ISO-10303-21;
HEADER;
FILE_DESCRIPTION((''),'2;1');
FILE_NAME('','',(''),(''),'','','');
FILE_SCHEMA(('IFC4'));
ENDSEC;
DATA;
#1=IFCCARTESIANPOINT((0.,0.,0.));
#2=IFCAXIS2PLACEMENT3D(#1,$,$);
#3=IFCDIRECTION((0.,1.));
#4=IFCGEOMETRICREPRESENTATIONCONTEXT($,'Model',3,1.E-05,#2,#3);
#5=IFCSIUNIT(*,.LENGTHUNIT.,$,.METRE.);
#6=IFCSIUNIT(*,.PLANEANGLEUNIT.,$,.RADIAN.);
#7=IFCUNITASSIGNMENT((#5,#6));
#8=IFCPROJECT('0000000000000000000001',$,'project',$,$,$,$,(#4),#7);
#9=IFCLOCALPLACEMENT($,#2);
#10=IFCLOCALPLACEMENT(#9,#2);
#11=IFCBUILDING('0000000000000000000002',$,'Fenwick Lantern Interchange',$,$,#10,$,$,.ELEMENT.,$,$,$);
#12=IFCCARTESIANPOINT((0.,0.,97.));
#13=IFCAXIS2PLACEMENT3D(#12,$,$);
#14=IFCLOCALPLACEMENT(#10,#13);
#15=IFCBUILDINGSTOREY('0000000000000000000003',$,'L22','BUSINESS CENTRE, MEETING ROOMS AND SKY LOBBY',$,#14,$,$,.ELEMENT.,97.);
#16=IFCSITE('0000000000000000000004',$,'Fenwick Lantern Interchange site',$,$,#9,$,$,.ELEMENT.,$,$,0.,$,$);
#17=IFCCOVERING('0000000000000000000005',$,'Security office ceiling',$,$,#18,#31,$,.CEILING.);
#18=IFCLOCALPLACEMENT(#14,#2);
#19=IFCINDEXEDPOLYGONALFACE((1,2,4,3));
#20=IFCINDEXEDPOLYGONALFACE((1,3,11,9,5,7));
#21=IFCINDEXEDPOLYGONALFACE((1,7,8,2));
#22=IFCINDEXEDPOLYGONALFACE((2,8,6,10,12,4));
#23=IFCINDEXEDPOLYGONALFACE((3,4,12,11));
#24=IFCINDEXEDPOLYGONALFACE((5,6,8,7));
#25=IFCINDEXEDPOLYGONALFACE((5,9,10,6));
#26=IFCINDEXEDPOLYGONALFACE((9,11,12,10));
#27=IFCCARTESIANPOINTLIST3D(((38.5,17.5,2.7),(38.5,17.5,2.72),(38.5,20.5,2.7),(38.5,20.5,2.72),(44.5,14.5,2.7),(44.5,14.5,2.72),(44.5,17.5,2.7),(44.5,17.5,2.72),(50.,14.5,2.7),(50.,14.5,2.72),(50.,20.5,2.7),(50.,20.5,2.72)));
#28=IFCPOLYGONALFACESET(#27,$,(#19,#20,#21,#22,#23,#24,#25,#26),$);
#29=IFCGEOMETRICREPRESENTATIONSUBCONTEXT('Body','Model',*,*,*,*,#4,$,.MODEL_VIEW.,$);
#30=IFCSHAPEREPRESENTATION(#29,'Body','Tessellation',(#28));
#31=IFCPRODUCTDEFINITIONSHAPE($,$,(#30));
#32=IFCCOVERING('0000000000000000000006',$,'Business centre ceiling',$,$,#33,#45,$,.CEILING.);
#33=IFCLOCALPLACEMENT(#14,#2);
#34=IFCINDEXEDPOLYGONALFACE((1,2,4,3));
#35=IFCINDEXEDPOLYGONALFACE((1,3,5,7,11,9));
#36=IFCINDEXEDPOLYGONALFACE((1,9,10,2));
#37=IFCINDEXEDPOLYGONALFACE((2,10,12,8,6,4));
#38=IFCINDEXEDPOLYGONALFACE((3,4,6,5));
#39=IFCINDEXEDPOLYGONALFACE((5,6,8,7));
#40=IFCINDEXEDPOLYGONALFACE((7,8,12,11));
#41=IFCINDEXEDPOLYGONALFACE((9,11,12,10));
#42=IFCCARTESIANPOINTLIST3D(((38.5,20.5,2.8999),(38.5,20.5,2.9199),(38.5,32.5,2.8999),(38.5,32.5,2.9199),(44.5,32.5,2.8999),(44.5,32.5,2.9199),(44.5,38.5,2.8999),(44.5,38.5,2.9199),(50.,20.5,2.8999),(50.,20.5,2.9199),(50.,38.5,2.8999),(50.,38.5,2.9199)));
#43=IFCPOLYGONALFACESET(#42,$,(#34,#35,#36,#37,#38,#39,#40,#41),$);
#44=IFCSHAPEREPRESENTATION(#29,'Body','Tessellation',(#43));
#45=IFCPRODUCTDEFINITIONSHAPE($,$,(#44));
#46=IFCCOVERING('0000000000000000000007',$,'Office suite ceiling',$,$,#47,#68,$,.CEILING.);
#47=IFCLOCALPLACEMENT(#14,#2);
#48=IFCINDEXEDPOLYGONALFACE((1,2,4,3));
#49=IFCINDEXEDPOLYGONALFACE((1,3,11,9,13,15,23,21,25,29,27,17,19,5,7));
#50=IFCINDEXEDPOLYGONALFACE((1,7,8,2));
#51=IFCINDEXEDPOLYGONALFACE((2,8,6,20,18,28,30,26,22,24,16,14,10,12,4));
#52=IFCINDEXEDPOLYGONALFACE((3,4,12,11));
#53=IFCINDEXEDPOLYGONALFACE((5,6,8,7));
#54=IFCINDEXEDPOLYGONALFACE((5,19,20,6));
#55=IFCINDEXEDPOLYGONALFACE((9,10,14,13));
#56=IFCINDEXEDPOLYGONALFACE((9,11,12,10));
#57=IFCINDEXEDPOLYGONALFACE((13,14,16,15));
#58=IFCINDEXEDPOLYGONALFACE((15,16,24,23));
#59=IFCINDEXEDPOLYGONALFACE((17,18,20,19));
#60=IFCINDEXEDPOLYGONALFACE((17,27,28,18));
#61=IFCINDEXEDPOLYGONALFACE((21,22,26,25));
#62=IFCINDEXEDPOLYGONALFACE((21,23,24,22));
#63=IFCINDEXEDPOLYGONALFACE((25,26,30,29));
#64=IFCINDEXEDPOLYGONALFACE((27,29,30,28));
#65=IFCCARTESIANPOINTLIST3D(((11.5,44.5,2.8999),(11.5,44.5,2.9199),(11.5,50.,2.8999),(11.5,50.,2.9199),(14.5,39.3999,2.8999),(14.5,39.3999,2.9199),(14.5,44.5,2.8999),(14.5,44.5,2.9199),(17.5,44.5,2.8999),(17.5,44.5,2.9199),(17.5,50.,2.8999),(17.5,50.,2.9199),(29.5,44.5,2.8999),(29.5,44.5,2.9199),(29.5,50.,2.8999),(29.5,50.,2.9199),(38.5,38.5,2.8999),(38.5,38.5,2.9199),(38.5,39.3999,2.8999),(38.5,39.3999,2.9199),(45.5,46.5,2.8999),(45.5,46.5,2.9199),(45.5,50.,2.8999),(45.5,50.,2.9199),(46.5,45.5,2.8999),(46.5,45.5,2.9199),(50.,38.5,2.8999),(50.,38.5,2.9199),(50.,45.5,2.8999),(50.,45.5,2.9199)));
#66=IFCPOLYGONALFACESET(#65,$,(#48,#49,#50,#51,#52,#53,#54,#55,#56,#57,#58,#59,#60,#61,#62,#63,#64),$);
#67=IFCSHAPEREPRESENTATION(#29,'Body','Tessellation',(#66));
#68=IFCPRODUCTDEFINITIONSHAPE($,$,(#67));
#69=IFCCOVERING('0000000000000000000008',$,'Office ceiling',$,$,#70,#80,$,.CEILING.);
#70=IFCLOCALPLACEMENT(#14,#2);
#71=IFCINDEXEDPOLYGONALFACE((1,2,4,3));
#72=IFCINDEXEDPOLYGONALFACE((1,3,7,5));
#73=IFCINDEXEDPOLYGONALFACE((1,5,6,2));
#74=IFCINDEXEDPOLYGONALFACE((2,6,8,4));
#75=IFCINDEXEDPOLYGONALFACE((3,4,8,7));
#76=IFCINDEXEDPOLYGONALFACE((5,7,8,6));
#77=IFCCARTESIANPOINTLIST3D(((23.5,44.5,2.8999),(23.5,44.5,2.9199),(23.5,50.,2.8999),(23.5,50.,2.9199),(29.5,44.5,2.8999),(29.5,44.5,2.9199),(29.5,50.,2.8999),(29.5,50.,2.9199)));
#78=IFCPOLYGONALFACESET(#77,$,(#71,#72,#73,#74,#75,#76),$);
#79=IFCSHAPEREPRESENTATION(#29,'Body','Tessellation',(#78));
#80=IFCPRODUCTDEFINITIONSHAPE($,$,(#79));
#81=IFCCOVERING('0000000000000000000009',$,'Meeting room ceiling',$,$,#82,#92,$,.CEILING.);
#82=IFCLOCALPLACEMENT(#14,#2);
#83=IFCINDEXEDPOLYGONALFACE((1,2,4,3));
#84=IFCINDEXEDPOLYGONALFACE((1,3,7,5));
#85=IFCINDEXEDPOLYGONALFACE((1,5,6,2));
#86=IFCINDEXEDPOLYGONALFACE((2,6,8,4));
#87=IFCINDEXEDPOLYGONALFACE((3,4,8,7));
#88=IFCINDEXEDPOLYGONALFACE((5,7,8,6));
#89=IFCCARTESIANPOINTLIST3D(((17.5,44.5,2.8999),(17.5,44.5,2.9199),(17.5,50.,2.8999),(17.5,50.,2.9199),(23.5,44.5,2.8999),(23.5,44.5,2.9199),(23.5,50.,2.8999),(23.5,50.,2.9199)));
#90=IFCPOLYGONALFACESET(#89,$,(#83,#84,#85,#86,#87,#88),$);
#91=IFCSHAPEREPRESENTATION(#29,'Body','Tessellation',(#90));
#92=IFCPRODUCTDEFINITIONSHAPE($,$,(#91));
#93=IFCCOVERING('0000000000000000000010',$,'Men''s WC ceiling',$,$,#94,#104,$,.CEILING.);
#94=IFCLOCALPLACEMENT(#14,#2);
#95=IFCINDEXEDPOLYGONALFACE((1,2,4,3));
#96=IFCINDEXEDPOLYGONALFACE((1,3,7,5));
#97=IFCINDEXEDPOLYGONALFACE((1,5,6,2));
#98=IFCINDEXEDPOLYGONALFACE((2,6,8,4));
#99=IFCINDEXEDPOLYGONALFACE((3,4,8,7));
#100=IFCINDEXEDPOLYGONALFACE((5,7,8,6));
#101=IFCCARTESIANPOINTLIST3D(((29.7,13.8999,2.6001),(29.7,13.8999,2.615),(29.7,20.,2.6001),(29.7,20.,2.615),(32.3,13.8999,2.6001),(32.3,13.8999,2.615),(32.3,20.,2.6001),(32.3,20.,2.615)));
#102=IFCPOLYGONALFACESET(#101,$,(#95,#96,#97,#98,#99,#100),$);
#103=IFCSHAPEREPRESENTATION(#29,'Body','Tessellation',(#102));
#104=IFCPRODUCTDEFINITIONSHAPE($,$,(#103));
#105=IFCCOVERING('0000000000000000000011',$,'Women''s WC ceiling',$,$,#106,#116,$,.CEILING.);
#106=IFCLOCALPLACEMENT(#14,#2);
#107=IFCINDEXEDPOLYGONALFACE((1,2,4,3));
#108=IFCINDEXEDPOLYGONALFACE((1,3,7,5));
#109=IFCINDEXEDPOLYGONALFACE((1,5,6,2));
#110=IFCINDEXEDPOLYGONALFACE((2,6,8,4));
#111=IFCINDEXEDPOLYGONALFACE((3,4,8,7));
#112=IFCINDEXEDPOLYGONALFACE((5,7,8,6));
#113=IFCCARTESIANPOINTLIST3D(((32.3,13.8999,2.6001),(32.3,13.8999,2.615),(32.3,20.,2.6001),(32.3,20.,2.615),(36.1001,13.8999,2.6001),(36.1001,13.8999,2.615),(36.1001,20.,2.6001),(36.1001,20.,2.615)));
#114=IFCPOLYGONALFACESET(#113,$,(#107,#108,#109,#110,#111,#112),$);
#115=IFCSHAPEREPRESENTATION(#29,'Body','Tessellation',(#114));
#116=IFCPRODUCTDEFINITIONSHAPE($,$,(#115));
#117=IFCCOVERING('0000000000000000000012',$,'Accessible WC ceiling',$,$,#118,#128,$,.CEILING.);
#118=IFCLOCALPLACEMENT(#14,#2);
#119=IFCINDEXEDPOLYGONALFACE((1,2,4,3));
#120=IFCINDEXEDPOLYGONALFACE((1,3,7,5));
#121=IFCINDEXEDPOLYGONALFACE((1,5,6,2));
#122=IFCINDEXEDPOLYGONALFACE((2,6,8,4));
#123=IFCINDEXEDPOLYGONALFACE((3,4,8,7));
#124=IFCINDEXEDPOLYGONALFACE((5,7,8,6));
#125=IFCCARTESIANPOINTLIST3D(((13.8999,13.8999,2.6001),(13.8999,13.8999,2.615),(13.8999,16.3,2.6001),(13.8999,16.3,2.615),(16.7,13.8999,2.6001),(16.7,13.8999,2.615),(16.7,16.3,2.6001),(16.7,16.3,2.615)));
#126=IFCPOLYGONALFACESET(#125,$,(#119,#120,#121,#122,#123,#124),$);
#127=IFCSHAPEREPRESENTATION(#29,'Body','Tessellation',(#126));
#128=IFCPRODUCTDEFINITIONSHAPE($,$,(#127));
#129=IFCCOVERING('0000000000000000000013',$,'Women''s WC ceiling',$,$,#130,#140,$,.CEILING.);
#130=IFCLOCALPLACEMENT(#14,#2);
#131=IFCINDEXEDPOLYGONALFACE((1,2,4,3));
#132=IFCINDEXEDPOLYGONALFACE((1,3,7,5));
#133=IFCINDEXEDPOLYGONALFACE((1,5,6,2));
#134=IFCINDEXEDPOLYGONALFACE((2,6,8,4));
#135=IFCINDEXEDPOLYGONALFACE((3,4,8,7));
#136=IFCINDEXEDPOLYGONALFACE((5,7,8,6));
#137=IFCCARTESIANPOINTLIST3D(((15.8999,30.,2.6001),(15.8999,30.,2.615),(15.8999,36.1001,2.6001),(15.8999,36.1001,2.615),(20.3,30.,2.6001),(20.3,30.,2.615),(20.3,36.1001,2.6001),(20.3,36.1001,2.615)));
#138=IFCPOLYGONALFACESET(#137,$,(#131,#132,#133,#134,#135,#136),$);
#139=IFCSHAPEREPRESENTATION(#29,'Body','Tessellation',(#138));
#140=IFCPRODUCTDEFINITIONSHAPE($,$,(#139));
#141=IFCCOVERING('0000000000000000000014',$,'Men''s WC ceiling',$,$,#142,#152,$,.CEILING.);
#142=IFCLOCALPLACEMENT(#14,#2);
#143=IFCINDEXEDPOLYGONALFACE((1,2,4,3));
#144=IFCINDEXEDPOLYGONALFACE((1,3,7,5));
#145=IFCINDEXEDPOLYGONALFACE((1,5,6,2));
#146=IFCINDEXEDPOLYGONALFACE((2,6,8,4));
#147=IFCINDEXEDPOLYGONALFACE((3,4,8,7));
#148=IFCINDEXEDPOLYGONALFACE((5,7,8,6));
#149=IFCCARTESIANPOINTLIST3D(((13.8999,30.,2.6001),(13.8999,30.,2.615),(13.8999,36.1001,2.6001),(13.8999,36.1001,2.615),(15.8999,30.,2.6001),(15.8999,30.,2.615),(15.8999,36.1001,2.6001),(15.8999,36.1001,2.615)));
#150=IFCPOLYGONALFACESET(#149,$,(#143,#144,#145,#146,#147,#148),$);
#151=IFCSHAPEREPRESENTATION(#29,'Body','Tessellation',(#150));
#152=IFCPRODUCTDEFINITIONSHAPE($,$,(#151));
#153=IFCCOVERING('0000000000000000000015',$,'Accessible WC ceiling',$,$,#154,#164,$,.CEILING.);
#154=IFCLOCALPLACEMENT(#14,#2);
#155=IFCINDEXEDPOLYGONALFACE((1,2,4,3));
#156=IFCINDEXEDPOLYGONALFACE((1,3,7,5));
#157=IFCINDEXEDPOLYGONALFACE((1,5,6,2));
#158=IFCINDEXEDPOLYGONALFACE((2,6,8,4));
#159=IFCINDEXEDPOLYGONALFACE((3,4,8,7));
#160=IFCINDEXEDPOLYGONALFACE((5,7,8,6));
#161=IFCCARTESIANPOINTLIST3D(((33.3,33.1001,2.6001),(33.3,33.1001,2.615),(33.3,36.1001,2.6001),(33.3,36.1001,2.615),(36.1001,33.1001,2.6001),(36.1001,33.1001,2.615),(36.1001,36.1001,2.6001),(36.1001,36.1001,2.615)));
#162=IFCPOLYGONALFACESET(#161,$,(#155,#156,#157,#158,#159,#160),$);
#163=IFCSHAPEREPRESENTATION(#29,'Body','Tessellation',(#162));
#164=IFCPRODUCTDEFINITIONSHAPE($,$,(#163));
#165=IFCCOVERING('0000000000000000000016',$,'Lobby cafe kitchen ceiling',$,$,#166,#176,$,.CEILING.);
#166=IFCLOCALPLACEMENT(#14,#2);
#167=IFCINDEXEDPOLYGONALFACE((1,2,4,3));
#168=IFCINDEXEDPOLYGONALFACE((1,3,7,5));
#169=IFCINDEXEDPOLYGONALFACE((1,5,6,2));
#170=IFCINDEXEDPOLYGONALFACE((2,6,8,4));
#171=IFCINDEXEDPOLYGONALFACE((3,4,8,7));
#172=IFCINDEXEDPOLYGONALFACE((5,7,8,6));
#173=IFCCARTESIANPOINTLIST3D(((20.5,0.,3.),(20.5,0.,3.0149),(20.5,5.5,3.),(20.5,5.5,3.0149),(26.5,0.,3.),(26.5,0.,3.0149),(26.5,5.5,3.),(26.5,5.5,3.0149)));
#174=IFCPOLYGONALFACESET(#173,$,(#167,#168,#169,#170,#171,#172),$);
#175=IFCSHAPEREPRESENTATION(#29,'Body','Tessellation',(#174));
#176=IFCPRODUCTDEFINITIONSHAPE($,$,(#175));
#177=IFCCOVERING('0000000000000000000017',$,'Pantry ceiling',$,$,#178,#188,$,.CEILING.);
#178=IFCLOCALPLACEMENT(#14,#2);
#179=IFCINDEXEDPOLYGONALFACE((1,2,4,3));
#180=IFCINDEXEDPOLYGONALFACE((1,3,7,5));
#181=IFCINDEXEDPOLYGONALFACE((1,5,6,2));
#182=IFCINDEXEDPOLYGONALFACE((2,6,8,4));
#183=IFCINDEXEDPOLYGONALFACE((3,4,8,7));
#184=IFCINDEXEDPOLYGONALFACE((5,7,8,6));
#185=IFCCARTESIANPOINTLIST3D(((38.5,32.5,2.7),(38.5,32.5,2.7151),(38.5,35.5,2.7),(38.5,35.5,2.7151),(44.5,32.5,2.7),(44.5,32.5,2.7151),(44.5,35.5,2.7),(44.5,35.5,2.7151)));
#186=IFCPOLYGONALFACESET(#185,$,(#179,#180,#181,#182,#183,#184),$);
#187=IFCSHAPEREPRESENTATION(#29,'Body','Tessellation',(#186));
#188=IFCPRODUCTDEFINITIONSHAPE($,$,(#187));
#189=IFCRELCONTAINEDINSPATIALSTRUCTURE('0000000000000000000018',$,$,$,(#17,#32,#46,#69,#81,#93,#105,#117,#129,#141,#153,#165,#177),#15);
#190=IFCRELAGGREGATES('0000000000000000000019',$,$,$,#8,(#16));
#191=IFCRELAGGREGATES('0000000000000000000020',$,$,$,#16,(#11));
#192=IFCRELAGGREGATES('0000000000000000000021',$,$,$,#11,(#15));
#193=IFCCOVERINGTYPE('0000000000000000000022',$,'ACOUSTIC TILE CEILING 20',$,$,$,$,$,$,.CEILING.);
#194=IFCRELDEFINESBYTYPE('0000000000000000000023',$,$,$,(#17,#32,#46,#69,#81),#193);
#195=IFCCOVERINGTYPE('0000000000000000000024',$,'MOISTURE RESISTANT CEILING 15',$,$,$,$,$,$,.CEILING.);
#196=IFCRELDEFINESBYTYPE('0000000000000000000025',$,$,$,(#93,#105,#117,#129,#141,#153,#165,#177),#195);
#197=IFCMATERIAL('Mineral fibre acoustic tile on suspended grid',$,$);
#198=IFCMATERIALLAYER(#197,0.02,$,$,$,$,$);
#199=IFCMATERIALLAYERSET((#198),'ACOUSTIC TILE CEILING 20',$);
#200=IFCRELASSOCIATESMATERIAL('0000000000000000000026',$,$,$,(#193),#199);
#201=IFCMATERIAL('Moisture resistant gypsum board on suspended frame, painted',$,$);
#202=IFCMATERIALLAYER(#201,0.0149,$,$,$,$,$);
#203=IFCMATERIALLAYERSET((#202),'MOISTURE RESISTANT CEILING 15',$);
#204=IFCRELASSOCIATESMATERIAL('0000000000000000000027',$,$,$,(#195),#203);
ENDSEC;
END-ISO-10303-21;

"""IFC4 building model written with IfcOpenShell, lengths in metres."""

from ifc_helpers import new_model, si_unit, direction, frame, origin, place, context, subcontext, project, spatial, polyline, outline, extrude, material, layer, layer_set, type_object, element, save


model = new_model("IFC4")

# Units and contexts
model_context = context("Model", 3, precision=1e-05, world=origin(), true_north=direction((0.0, 1.0)))
body_context = subcontext(model_context, "Body", "Model", "MODEL_VIEW")
ifc_project = project(units=[si_unit("LENGTHUNIT", "METRE"), si_unit("PLANEANGLEUNIT", "RADIAN")], contexts=[model_context])

# Site, building, storey
site_placement = place(None, origin())
site = spatial("IfcSite", under=ifc_project, at=site_placement, Name="Fenwick Lantern Interchange site", CompositionType="ELEMENT", RefElevation=0.0)
building_placement = place(site_placement, origin())
building = spatial("IfcBuilding", under=site, at=building_placement, Name="Fenwick Lantern Interchange", CompositionType="ELEMENT")
storey_placement = place(building_placement, frame((0.0, 0.0, 97.0)))
storey = spatial("IfcBuildingStorey", under=building, at=storey_placement, Name="L22", Description="BUSINESS CENTRE, MEETING ROOMS AND SKY LOBBY", CompositionType="ELEMENT", Elevation=97.0)

# Coverings
ifc_material_1 = material(Name="Mineral fibre acoustic tile on suspended grid")
ifc_layer_1 = layer(ifc_material_1, 0.02)
ifc_layer_set_1 = layer_set([ifc_layer_1], Name="ACOUSTIC TILE CEILING 20")
covering_type_1 = type_object("IfcCoveringType", Name="ACOUSTIC TILE CEILING 20", PredefinedType="CEILING", material=ifc_layer_set_1)
covering_1_placement = place(storey_placement, frame((0.0, 0.0, 2.7)))
element("IfcCovering", 1, at=covering_1_placement, inside=storey, type_object=covering_type_1, Name="Security office ceiling", PredefinedType="CEILING", context=body_context, shape_type="SweptSolid", body=[
    extrude(outline(polyline([(50.0, 20.5), (38.5, 20.5), (38.5, 17.5), (44.5, 17.5), (44.5, 14.5), (50.0, 14.5), (50.0, 20.5)])), origin(), (0.0, 0.0, 1.0), 0.02),
])
covering_2_placement = place(storey_placement, frame((0.0, 0.0, 2.8999)))
element("IfcCovering", 2, at=covering_2_placement, inside=storey, type_object=covering_type_1, Name="Business centre ceiling", PredefinedType="CEILING", context=body_context, shape_type="SweptSolid", body=[
    extrude(outline(polyline([(50.0, 20.5), (50.0, 38.5), (44.5, 38.5), (44.5, 32.5), (38.5, 32.5), (38.5, 20.5), (50.0, 20.5)])), origin(), (0.0, 0.0, 1.0), 0.02),
])
covering_3_placement = place(storey_placement, frame((0.0, 0.0, 2.8999)))
element("IfcCovering", 3, at=covering_3_placement, inside=storey, type_object=covering_type_1, Name="Office suite ceiling", PredefinedType="CEILING", context=body_context, shape_type="SweptSolid", body=[
    extrude(outline(polyline([(29.5, 50.0), (29.5, 44.5), (17.5, 44.5), (17.5, 50.0), (11.5, 50.0), (11.5, 44.5), (14.5, 44.5), (14.5, 39.3999), (38.5, 39.3999), (38.5, 38.5), (50.0, 38.5), (50.0, 45.5), (46.5, 45.5), (45.5, 46.5), (45.5, 50.0), (29.5, 50.0)])), origin(), (0.0, 0.0, 1.0), 0.02),
])
covering_4_placement = place(storey_placement, frame((0.0, 0.0, 2.8999)))
element("IfcCovering", 4, at=covering_4_placement, inside=storey, type_object=covering_type_1, Name="Office ceiling", PredefinedType="CEILING", context=body_context, shape_type="SweptSolid", body=[
    extrude(outline(polyline([(29.5, 50.0), (23.5, 50.0), (23.5, 44.5), (29.5, 44.5), (29.5, 50.0)])), origin(), (0.0, 0.0, 1.0), 0.02),
])
covering_5_placement = place(storey_placement, frame((0.0, 0.0, 2.8999)))
element("IfcCovering", 5, at=covering_5_placement, inside=storey, type_object=covering_type_1, Name="Meeting room ceiling", PredefinedType="CEILING", context=body_context, shape_type="SweptSolid", body=[
    extrude(outline(polyline([(23.5, 50.0), (17.5, 50.0), (17.5, 44.5), (23.5, 44.5), (23.5, 50.0)])), origin(), (0.0, 0.0, 1.0), 0.02),
])
ifc_material_2 = material(Name="Moisture resistant gypsum board on suspended frame, painted")
ifc_layer_2 = layer(ifc_material_2, 0.0149)
ifc_layer_set_2 = layer_set([ifc_layer_2], Name="MOISTURE RESISTANT CEILING 15")
covering_type_2 = type_object("IfcCoveringType", Name="MOISTURE RESISTANT CEILING 15", PredefinedType="CEILING", material=ifc_layer_set_2)
covering_6_placement = place(storey_placement, frame((0.0, 0.0, 2.6001)))
element("IfcCovering", 6, at=covering_6_placement, inside=storey, type_object=covering_type_2, Name="Men's WC ceiling", PredefinedType="CEILING", context=body_context, shape_type="SweptSolid", body=[
    extrude(outline(polyline([(29.7, 13.8999), (32.3, 13.8999), (32.3, 20.0), (29.7, 20.0), (29.7, 13.8999)])), origin(), (0.0, 0.0, 1.0), 0.0149),
])
covering_7_placement = place(storey_placement, frame((0.0, 0.0, 2.6001)))
element("IfcCovering", 7, at=covering_7_placement, inside=storey, type_object=covering_type_2, Name="Women's WC ceiling", PredefinedType="CEILING", context=body_context, shape_type="SweptSolid", body=[
    extrude(outline(polyline([(32.3, 13.8999), (36.1001, 13.8999), (36.1001, 20.0), (32.3, 20.0), (32.3, 13.8999)])), origin(), (0.0, 0.0, 1.0), 0.0149),
])
covering_8_placement = place(storey_placement, frame((0.0, 0.0, 2.6001)))
element("IfcCovering", 8, at=covering_8_placement, inside=storey, type_object=covering_type_2, Name="Accessible WC ceiling", PredefinedType="CEILING", context=body_context, shape_type="SweptSolid", body=[
    extrude(outline(polyline([(13.8999, 13.8999), (16.7, 13.8999), (16.7, 16.3), (13.8999, 16.3), (13.8999, 13.8999)])), origin(), (0.0, 0.0, 1.0), 0.0149),
])
covering_9_placement = place(storey_placement, frame((0.0, 0.0, 2.6001)))
element("IfcCovering", 9, at=covering_9_placement, inside=storey, type_object=covering_type_2, Name="Women's WC ceiling", PredefinedType="CEILING", context=body_context, shape_type="SweptSolid", body=[
    extrude(outline(polyline([(20.3, 36.1001), (15.8999, 36.1001), (15.8999, 30.0), (20.3, 30.0), (20.3, 36.1001)])), origin(), (0.0, 0.0, 1.0), 0.0149),
])
covering_10_placement = place(storey_placement, frame((0.0, 0.0, 2.6001)))
element("IfcCovering", 10, at=covering_10_placement, inside=storey, type_object=covering_type_2, Name="Men's WC ceiling", PredefinedType="CEILING", context=body_context, shape_type="SweptSolid", body=[
    extrude(outline(polyline([(15.8999, 36.1001), (13.8999, 36.1001), (13.8999, 30.0), (15.8999, 30.0), (15.8999, 36.1001)])), origin(), (0.0, 0.0, 1.0), 0.0149),
])
covering_11_placement = place(storey_placement, frame((0.0, 0.0, 2.6001)))
element("IfcCovering", 11, at=covering_11_placement, inside=storey, type_object=covering_type_2, Name="Accessible WC ceiling", PredefinedType="CEILING", context=body_context, shape_type="SweptSolid", body=[
    extrude(outline(polyline([(36.1001, 36.1001), (33.3, 36.1001), (33.3, 33.1001), (36.1001, 33.1001), (36.1001, 36.1001)])), origin(), (0.0, 0.0, 1.0), 0.0149),
])
covering_12_placement = place(storey_placement, frame((0.0, 0.0, 3.0)))
element("IfcCovering", 12, at=covering_12_placement, inside=storey, type_object=covering_type_2, Name="Lobby cafe kitchen ceiling", PredefinedType="CEILING", context=body_context, shape_type="SweptSolid", body=[
    extrude(outline(polyline([(20.5, 0.0), (26.5, 0.0), (26.5, 5.5), (20.5, 5.5), (20.5, 0.0)])), origin(), (0.0, 0.0, 1.0), 0.0149),
])
covering_13_placement = place(storey_placement, frame((0.0, 0.0, 2.7)))
element("IfcCovering", 13, at=covering_13_placement, inside=storey, type_object=covering_type_2, Name="Pantry ceiling", PredefinedType="CEILING", context=body_context, shape_type="SweptSolid", body=[
    extrude(outline(polyline([(44.5, 32.5), (44.5, 35.5), (38.5, 35.5), (38.5, 32.5), (44.5, 32.5)])), origin(), (0.0, 0.0, 1.0), 0.0151),
])

save(model, "model.ifc")
